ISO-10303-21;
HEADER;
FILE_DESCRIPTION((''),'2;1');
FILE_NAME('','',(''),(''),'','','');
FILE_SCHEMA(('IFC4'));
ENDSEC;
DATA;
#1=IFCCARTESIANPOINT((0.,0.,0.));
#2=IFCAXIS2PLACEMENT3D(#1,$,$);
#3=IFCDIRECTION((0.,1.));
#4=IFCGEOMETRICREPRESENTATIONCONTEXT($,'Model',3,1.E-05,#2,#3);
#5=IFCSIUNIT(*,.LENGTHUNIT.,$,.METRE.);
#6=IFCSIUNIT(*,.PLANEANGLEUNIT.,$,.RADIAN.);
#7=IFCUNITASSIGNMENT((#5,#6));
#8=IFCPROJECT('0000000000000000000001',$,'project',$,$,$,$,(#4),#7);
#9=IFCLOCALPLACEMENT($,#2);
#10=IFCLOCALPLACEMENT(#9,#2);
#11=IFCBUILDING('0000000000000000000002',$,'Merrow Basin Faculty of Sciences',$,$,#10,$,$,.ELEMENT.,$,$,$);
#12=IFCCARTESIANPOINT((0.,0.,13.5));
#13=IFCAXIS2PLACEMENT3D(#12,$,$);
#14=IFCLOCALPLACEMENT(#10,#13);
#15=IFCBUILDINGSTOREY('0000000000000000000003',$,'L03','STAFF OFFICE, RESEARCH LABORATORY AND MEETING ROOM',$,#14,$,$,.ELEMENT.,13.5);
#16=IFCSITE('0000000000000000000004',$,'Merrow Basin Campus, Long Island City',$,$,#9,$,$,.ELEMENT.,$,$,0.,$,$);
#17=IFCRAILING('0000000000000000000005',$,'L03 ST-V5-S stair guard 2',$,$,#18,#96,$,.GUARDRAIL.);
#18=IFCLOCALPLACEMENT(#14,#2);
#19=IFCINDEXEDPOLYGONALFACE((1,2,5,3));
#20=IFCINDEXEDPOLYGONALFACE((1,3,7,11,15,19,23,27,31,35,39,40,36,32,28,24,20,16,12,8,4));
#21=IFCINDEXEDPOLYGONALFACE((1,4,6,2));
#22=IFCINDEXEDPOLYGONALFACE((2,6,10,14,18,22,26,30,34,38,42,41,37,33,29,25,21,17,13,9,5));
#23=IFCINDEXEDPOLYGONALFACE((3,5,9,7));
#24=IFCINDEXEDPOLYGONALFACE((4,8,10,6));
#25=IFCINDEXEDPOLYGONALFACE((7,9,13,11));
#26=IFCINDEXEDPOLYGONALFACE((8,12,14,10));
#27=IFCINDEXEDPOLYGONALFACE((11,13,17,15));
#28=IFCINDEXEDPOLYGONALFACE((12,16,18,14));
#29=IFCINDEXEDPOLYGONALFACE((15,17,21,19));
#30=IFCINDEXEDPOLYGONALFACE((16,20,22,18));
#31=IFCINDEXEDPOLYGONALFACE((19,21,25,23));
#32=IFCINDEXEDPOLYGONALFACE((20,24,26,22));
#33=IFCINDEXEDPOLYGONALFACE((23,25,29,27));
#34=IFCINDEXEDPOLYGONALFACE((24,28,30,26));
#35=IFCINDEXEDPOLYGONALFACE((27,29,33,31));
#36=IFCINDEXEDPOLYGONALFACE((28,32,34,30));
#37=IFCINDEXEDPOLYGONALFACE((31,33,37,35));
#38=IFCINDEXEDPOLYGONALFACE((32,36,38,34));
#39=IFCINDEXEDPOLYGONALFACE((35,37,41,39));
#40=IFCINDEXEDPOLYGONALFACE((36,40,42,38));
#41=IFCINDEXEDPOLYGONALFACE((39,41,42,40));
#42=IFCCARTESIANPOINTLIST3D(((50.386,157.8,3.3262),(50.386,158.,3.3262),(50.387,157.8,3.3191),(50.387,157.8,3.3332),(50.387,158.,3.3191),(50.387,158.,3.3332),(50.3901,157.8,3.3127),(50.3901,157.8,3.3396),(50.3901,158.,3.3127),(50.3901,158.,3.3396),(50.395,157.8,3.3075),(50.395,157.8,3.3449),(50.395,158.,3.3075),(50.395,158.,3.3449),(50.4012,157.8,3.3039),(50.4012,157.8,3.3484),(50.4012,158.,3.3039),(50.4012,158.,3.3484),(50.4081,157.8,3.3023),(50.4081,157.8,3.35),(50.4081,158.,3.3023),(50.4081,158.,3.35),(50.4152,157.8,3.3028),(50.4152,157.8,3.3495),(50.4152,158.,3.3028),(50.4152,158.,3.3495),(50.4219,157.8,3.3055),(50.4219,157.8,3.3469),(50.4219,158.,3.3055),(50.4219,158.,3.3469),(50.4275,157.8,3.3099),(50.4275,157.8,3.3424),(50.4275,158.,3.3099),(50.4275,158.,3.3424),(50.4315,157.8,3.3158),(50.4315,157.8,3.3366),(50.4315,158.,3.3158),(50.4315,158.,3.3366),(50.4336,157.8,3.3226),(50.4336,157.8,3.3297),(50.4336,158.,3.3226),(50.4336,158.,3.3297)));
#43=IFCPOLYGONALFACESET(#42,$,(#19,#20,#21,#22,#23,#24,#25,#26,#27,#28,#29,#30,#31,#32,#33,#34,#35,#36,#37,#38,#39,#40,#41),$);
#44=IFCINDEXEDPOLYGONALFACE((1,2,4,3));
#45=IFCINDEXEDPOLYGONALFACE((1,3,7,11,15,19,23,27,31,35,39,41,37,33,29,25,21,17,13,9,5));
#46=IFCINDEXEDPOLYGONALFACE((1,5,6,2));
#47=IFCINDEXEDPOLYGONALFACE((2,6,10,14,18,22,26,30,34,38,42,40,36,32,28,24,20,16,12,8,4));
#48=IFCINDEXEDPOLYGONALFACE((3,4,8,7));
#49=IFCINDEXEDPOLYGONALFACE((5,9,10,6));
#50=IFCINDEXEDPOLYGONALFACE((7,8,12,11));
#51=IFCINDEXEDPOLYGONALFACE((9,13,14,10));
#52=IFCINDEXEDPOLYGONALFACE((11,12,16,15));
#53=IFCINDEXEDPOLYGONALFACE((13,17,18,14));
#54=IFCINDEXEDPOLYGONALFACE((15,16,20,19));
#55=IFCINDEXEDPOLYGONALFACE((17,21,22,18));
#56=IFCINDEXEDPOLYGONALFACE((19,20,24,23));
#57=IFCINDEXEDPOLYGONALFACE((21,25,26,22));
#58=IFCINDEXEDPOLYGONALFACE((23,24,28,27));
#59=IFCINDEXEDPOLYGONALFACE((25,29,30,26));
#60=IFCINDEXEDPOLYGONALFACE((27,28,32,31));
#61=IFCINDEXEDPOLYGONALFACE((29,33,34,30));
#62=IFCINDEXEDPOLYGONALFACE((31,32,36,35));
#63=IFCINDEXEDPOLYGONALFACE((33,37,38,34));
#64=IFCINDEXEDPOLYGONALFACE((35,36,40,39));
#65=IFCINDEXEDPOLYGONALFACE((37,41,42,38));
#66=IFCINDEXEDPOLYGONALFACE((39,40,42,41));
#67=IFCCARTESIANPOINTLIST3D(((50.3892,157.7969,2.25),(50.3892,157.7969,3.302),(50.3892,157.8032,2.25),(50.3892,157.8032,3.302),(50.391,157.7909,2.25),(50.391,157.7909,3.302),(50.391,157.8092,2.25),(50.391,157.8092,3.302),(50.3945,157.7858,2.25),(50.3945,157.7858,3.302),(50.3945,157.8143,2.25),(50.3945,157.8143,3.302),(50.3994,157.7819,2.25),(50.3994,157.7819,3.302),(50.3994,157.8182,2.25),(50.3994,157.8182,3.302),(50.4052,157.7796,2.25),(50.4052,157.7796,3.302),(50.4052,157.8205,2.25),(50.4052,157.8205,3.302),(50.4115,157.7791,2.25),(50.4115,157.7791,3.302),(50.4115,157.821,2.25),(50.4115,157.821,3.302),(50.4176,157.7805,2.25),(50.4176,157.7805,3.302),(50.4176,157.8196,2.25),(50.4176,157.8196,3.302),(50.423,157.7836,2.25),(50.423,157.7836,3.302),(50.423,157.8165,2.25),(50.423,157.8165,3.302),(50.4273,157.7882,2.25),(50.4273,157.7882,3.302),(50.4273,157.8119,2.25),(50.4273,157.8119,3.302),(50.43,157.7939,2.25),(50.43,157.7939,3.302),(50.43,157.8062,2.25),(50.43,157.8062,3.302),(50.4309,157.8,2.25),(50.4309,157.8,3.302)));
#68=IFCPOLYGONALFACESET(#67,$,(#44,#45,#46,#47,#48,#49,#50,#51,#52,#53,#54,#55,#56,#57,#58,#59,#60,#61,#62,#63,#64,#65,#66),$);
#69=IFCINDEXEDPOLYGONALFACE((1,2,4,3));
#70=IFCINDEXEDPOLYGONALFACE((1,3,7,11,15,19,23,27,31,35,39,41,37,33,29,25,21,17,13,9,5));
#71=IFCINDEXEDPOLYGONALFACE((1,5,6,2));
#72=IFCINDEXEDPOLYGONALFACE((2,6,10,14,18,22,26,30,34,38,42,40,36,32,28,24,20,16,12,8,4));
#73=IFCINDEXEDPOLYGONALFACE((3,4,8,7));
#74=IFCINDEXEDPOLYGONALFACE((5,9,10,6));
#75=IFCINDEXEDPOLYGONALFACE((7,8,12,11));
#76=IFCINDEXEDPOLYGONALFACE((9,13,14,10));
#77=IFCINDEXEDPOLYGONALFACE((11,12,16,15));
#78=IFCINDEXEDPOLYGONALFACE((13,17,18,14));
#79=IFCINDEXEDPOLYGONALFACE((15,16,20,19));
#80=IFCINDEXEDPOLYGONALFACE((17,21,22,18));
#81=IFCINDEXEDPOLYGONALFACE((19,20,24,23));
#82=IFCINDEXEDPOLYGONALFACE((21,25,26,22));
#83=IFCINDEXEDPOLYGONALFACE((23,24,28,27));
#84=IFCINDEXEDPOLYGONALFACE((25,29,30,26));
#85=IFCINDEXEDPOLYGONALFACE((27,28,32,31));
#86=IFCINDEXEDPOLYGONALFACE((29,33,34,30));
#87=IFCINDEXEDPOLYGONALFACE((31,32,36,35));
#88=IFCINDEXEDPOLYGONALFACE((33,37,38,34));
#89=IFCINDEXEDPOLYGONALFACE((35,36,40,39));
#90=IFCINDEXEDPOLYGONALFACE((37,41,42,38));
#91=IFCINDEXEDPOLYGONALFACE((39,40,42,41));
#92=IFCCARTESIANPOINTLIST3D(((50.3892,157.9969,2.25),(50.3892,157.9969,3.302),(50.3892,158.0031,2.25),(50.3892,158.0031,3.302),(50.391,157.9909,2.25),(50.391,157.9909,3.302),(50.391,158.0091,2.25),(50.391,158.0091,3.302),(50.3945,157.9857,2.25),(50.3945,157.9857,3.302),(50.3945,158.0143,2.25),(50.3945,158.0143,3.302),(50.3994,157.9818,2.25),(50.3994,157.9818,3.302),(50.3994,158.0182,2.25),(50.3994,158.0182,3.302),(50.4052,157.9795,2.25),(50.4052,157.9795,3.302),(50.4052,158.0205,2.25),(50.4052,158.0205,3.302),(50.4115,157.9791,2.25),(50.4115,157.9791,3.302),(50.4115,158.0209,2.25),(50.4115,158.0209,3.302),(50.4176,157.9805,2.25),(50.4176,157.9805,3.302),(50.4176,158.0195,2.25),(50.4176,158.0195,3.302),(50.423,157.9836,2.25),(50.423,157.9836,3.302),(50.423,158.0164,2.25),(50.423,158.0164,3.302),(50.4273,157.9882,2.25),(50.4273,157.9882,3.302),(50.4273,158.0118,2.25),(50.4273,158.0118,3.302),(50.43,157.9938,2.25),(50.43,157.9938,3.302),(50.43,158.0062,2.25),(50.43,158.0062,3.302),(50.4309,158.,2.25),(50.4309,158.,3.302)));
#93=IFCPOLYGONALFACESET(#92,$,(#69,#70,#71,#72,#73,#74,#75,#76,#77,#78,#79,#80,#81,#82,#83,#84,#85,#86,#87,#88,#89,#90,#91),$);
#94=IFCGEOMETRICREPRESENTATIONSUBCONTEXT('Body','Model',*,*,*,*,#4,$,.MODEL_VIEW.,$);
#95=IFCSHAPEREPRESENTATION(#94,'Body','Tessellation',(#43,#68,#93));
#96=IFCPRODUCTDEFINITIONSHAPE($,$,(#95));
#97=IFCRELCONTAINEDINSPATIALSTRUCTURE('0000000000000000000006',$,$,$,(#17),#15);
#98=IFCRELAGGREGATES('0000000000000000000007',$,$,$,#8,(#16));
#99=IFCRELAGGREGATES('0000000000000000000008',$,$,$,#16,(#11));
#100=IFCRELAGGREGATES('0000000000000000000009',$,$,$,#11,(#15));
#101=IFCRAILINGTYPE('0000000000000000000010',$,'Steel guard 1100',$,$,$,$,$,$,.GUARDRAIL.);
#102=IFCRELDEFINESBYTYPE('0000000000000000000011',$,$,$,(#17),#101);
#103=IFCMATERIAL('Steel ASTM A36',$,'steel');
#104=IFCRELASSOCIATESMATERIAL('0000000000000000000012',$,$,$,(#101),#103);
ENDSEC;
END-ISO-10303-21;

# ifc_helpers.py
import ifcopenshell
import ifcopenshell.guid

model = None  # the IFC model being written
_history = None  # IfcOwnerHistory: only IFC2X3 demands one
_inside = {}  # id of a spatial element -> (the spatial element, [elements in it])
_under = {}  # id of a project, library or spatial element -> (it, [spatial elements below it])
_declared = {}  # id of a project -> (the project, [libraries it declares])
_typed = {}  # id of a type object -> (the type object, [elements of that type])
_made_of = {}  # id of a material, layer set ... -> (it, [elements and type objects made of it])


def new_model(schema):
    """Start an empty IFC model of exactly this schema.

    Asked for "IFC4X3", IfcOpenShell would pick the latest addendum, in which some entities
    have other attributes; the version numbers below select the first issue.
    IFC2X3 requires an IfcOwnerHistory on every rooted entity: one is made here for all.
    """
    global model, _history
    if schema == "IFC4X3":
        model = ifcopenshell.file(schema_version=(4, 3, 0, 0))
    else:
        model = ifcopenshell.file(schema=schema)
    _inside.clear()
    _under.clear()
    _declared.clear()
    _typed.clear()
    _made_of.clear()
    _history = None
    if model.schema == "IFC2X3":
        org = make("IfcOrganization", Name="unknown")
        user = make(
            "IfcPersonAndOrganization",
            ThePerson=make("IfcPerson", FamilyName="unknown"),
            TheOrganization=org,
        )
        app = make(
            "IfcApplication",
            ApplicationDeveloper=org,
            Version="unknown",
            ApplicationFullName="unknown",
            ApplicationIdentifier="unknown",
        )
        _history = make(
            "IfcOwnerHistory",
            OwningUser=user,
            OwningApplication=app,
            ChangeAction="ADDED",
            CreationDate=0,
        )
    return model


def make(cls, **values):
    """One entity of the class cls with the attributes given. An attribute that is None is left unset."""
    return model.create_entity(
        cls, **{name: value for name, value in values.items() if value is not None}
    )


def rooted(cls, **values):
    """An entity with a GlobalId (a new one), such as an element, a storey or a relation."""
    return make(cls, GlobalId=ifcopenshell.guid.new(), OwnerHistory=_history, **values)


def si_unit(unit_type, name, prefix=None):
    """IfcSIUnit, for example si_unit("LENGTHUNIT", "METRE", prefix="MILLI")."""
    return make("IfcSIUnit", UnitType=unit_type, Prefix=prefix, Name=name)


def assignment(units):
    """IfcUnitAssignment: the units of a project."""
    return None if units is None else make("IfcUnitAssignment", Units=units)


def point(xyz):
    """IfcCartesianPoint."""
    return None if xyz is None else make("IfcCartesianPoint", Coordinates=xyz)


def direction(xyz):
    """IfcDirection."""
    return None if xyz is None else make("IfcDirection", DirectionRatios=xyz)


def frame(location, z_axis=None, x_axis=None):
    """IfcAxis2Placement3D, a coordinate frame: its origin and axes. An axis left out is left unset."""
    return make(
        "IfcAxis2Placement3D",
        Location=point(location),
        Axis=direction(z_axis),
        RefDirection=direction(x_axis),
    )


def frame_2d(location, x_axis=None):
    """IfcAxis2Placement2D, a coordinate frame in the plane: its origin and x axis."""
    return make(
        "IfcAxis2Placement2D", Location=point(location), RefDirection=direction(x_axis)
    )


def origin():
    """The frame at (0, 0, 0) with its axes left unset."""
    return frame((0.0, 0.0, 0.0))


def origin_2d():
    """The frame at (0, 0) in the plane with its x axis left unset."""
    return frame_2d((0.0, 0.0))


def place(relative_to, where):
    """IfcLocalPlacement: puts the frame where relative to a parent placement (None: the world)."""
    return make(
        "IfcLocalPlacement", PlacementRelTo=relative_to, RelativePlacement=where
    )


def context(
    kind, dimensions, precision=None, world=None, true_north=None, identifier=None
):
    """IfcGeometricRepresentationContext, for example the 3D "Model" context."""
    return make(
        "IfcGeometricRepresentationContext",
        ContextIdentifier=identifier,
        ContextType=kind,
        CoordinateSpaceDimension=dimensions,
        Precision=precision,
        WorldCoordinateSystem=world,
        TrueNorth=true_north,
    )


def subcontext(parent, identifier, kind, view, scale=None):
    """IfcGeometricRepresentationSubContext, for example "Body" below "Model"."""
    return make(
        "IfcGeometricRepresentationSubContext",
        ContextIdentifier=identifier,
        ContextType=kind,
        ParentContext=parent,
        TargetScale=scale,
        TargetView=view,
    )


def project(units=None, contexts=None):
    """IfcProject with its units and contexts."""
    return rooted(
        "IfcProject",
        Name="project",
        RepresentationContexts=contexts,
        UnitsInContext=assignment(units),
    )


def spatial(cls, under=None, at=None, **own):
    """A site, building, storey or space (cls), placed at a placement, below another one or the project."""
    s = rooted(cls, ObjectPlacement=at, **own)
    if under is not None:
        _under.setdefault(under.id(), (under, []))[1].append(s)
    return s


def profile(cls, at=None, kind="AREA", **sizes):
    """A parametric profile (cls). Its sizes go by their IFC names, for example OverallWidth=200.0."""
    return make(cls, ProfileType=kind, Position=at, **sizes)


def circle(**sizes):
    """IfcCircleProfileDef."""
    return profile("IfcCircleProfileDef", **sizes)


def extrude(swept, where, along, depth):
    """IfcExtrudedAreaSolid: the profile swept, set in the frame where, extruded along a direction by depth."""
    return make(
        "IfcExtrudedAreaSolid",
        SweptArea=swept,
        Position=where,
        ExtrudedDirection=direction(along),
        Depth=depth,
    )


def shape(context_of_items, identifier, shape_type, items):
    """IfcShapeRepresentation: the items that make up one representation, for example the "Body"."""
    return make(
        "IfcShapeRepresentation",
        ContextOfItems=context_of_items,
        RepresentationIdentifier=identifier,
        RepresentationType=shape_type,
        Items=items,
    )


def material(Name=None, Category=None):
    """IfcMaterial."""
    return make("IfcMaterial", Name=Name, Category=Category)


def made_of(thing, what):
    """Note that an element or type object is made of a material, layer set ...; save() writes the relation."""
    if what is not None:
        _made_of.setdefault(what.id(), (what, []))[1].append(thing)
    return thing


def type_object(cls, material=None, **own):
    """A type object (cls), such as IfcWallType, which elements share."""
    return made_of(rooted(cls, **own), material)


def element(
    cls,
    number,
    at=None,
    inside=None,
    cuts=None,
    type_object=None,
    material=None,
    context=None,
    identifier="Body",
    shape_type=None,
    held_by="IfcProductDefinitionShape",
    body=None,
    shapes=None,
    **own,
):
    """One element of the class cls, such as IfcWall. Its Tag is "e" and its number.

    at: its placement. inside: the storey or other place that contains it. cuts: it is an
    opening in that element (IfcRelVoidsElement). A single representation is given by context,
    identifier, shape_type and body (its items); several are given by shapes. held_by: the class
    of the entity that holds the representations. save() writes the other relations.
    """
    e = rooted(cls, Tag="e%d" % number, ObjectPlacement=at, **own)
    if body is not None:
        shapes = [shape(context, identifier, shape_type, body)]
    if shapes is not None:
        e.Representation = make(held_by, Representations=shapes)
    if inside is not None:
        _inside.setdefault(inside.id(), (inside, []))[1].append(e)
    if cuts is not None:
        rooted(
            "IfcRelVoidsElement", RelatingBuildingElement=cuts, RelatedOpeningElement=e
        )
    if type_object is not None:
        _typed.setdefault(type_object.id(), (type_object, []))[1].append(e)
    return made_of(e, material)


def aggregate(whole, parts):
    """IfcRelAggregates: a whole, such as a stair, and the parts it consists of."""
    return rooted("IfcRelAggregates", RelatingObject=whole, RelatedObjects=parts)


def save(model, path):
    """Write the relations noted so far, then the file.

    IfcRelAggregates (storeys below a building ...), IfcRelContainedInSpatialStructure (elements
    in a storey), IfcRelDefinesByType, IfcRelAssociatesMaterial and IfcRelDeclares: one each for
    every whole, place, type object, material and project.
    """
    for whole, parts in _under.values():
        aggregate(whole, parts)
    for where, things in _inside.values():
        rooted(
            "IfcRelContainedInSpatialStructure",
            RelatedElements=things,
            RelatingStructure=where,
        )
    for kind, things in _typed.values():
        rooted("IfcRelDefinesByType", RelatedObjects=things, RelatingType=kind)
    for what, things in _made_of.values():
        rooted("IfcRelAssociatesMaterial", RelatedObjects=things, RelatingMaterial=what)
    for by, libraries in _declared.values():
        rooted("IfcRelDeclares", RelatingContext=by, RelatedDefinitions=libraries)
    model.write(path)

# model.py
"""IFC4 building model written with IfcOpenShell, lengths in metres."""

from ifc_helpers import new_model, si_unit, direction, frame, origin, origin_2d, place, context, subcontext, project, spatial, circle, extrude, material, type_object, element, save


model = new_model("IFC4")

# Units and contexts
model_context = context("Model", 3, precision=1e-05, world=origin(), true_north=direction((0.0, 1.0)))
body_context = subcontext(model_context, "Body", "Model", "MODEL_VIEW")
ifc_project = project(units=[si_unit("LENGTHUNIT", "METRE"), si_unit("PLANEANGLEUNIT", "RADIAN")], contexts=[model_context])

# Site, building, storey
site_placement = place(None, origin())
site = spatial("IfcSite", under=ifc_project, at=site_placement, Name="Merrow Basin Campus, Long Island City", CompositionType="ELEMENT", RefElevation=0.0)
building_placement = place(site_placement, origin())
building = spatial("IfcBuilding", under=site, at=building_placement, Name="Merrow Basin Faculty of Sciences", CompositionType="ELEMENT")
storey_placement = place(building_placement, frame((0.0, 0.0, 13.5)))
storey = spatial("IfcBuildingStorey", under=building, at=storey_placement, Name="L03", Description="STAFF OFFICE, RESEARCH LABORATORY AND MEETING ROOM", CompositionType="ELEMENT", Elevation=13.5)

# Railing
ifc_material_1 = material(Name="Steel ASTM A36", Category="steel")
railing_type_1 = type_object("IfcRailingType", Name="Steel guard 1100", PredefinedType="GUARDRAIL", material=ifc_material_1)
railing_1_placement = place(storey_placement, frame((50.4099, 157.8, 2.25)))
element("IfcRailing", 1, at=railing_1_placement, inside=storey, type_object=railing_type_1, Name="L03 ST-V5-S stair guard 2", PredefinedType="GUARDRAIL", context=body_context, shape_type="SweptSolid", body=[
    extrude(circle(Radius=0.0239, at=origin_2d()), frame((0.0, 0.0, 1.0762), z_axis=(0.0, 1.0, 0.0), x_axis=(-1.0, 0.0, 0.0)), (0.0, 0.0, 1.0), 0.2),
    extrude(circle(Radius=0.021, at=origin_2d()), origin(), (0.0, 0.0, 1.0), 1.052),
    extrude(circle(Radius=0.021, at=origin_2d()), frame((0.0, 0.2, 0.0)), (0.0, 0.0, 1.0), 1.052),
])

save(model, "model.ifc")
